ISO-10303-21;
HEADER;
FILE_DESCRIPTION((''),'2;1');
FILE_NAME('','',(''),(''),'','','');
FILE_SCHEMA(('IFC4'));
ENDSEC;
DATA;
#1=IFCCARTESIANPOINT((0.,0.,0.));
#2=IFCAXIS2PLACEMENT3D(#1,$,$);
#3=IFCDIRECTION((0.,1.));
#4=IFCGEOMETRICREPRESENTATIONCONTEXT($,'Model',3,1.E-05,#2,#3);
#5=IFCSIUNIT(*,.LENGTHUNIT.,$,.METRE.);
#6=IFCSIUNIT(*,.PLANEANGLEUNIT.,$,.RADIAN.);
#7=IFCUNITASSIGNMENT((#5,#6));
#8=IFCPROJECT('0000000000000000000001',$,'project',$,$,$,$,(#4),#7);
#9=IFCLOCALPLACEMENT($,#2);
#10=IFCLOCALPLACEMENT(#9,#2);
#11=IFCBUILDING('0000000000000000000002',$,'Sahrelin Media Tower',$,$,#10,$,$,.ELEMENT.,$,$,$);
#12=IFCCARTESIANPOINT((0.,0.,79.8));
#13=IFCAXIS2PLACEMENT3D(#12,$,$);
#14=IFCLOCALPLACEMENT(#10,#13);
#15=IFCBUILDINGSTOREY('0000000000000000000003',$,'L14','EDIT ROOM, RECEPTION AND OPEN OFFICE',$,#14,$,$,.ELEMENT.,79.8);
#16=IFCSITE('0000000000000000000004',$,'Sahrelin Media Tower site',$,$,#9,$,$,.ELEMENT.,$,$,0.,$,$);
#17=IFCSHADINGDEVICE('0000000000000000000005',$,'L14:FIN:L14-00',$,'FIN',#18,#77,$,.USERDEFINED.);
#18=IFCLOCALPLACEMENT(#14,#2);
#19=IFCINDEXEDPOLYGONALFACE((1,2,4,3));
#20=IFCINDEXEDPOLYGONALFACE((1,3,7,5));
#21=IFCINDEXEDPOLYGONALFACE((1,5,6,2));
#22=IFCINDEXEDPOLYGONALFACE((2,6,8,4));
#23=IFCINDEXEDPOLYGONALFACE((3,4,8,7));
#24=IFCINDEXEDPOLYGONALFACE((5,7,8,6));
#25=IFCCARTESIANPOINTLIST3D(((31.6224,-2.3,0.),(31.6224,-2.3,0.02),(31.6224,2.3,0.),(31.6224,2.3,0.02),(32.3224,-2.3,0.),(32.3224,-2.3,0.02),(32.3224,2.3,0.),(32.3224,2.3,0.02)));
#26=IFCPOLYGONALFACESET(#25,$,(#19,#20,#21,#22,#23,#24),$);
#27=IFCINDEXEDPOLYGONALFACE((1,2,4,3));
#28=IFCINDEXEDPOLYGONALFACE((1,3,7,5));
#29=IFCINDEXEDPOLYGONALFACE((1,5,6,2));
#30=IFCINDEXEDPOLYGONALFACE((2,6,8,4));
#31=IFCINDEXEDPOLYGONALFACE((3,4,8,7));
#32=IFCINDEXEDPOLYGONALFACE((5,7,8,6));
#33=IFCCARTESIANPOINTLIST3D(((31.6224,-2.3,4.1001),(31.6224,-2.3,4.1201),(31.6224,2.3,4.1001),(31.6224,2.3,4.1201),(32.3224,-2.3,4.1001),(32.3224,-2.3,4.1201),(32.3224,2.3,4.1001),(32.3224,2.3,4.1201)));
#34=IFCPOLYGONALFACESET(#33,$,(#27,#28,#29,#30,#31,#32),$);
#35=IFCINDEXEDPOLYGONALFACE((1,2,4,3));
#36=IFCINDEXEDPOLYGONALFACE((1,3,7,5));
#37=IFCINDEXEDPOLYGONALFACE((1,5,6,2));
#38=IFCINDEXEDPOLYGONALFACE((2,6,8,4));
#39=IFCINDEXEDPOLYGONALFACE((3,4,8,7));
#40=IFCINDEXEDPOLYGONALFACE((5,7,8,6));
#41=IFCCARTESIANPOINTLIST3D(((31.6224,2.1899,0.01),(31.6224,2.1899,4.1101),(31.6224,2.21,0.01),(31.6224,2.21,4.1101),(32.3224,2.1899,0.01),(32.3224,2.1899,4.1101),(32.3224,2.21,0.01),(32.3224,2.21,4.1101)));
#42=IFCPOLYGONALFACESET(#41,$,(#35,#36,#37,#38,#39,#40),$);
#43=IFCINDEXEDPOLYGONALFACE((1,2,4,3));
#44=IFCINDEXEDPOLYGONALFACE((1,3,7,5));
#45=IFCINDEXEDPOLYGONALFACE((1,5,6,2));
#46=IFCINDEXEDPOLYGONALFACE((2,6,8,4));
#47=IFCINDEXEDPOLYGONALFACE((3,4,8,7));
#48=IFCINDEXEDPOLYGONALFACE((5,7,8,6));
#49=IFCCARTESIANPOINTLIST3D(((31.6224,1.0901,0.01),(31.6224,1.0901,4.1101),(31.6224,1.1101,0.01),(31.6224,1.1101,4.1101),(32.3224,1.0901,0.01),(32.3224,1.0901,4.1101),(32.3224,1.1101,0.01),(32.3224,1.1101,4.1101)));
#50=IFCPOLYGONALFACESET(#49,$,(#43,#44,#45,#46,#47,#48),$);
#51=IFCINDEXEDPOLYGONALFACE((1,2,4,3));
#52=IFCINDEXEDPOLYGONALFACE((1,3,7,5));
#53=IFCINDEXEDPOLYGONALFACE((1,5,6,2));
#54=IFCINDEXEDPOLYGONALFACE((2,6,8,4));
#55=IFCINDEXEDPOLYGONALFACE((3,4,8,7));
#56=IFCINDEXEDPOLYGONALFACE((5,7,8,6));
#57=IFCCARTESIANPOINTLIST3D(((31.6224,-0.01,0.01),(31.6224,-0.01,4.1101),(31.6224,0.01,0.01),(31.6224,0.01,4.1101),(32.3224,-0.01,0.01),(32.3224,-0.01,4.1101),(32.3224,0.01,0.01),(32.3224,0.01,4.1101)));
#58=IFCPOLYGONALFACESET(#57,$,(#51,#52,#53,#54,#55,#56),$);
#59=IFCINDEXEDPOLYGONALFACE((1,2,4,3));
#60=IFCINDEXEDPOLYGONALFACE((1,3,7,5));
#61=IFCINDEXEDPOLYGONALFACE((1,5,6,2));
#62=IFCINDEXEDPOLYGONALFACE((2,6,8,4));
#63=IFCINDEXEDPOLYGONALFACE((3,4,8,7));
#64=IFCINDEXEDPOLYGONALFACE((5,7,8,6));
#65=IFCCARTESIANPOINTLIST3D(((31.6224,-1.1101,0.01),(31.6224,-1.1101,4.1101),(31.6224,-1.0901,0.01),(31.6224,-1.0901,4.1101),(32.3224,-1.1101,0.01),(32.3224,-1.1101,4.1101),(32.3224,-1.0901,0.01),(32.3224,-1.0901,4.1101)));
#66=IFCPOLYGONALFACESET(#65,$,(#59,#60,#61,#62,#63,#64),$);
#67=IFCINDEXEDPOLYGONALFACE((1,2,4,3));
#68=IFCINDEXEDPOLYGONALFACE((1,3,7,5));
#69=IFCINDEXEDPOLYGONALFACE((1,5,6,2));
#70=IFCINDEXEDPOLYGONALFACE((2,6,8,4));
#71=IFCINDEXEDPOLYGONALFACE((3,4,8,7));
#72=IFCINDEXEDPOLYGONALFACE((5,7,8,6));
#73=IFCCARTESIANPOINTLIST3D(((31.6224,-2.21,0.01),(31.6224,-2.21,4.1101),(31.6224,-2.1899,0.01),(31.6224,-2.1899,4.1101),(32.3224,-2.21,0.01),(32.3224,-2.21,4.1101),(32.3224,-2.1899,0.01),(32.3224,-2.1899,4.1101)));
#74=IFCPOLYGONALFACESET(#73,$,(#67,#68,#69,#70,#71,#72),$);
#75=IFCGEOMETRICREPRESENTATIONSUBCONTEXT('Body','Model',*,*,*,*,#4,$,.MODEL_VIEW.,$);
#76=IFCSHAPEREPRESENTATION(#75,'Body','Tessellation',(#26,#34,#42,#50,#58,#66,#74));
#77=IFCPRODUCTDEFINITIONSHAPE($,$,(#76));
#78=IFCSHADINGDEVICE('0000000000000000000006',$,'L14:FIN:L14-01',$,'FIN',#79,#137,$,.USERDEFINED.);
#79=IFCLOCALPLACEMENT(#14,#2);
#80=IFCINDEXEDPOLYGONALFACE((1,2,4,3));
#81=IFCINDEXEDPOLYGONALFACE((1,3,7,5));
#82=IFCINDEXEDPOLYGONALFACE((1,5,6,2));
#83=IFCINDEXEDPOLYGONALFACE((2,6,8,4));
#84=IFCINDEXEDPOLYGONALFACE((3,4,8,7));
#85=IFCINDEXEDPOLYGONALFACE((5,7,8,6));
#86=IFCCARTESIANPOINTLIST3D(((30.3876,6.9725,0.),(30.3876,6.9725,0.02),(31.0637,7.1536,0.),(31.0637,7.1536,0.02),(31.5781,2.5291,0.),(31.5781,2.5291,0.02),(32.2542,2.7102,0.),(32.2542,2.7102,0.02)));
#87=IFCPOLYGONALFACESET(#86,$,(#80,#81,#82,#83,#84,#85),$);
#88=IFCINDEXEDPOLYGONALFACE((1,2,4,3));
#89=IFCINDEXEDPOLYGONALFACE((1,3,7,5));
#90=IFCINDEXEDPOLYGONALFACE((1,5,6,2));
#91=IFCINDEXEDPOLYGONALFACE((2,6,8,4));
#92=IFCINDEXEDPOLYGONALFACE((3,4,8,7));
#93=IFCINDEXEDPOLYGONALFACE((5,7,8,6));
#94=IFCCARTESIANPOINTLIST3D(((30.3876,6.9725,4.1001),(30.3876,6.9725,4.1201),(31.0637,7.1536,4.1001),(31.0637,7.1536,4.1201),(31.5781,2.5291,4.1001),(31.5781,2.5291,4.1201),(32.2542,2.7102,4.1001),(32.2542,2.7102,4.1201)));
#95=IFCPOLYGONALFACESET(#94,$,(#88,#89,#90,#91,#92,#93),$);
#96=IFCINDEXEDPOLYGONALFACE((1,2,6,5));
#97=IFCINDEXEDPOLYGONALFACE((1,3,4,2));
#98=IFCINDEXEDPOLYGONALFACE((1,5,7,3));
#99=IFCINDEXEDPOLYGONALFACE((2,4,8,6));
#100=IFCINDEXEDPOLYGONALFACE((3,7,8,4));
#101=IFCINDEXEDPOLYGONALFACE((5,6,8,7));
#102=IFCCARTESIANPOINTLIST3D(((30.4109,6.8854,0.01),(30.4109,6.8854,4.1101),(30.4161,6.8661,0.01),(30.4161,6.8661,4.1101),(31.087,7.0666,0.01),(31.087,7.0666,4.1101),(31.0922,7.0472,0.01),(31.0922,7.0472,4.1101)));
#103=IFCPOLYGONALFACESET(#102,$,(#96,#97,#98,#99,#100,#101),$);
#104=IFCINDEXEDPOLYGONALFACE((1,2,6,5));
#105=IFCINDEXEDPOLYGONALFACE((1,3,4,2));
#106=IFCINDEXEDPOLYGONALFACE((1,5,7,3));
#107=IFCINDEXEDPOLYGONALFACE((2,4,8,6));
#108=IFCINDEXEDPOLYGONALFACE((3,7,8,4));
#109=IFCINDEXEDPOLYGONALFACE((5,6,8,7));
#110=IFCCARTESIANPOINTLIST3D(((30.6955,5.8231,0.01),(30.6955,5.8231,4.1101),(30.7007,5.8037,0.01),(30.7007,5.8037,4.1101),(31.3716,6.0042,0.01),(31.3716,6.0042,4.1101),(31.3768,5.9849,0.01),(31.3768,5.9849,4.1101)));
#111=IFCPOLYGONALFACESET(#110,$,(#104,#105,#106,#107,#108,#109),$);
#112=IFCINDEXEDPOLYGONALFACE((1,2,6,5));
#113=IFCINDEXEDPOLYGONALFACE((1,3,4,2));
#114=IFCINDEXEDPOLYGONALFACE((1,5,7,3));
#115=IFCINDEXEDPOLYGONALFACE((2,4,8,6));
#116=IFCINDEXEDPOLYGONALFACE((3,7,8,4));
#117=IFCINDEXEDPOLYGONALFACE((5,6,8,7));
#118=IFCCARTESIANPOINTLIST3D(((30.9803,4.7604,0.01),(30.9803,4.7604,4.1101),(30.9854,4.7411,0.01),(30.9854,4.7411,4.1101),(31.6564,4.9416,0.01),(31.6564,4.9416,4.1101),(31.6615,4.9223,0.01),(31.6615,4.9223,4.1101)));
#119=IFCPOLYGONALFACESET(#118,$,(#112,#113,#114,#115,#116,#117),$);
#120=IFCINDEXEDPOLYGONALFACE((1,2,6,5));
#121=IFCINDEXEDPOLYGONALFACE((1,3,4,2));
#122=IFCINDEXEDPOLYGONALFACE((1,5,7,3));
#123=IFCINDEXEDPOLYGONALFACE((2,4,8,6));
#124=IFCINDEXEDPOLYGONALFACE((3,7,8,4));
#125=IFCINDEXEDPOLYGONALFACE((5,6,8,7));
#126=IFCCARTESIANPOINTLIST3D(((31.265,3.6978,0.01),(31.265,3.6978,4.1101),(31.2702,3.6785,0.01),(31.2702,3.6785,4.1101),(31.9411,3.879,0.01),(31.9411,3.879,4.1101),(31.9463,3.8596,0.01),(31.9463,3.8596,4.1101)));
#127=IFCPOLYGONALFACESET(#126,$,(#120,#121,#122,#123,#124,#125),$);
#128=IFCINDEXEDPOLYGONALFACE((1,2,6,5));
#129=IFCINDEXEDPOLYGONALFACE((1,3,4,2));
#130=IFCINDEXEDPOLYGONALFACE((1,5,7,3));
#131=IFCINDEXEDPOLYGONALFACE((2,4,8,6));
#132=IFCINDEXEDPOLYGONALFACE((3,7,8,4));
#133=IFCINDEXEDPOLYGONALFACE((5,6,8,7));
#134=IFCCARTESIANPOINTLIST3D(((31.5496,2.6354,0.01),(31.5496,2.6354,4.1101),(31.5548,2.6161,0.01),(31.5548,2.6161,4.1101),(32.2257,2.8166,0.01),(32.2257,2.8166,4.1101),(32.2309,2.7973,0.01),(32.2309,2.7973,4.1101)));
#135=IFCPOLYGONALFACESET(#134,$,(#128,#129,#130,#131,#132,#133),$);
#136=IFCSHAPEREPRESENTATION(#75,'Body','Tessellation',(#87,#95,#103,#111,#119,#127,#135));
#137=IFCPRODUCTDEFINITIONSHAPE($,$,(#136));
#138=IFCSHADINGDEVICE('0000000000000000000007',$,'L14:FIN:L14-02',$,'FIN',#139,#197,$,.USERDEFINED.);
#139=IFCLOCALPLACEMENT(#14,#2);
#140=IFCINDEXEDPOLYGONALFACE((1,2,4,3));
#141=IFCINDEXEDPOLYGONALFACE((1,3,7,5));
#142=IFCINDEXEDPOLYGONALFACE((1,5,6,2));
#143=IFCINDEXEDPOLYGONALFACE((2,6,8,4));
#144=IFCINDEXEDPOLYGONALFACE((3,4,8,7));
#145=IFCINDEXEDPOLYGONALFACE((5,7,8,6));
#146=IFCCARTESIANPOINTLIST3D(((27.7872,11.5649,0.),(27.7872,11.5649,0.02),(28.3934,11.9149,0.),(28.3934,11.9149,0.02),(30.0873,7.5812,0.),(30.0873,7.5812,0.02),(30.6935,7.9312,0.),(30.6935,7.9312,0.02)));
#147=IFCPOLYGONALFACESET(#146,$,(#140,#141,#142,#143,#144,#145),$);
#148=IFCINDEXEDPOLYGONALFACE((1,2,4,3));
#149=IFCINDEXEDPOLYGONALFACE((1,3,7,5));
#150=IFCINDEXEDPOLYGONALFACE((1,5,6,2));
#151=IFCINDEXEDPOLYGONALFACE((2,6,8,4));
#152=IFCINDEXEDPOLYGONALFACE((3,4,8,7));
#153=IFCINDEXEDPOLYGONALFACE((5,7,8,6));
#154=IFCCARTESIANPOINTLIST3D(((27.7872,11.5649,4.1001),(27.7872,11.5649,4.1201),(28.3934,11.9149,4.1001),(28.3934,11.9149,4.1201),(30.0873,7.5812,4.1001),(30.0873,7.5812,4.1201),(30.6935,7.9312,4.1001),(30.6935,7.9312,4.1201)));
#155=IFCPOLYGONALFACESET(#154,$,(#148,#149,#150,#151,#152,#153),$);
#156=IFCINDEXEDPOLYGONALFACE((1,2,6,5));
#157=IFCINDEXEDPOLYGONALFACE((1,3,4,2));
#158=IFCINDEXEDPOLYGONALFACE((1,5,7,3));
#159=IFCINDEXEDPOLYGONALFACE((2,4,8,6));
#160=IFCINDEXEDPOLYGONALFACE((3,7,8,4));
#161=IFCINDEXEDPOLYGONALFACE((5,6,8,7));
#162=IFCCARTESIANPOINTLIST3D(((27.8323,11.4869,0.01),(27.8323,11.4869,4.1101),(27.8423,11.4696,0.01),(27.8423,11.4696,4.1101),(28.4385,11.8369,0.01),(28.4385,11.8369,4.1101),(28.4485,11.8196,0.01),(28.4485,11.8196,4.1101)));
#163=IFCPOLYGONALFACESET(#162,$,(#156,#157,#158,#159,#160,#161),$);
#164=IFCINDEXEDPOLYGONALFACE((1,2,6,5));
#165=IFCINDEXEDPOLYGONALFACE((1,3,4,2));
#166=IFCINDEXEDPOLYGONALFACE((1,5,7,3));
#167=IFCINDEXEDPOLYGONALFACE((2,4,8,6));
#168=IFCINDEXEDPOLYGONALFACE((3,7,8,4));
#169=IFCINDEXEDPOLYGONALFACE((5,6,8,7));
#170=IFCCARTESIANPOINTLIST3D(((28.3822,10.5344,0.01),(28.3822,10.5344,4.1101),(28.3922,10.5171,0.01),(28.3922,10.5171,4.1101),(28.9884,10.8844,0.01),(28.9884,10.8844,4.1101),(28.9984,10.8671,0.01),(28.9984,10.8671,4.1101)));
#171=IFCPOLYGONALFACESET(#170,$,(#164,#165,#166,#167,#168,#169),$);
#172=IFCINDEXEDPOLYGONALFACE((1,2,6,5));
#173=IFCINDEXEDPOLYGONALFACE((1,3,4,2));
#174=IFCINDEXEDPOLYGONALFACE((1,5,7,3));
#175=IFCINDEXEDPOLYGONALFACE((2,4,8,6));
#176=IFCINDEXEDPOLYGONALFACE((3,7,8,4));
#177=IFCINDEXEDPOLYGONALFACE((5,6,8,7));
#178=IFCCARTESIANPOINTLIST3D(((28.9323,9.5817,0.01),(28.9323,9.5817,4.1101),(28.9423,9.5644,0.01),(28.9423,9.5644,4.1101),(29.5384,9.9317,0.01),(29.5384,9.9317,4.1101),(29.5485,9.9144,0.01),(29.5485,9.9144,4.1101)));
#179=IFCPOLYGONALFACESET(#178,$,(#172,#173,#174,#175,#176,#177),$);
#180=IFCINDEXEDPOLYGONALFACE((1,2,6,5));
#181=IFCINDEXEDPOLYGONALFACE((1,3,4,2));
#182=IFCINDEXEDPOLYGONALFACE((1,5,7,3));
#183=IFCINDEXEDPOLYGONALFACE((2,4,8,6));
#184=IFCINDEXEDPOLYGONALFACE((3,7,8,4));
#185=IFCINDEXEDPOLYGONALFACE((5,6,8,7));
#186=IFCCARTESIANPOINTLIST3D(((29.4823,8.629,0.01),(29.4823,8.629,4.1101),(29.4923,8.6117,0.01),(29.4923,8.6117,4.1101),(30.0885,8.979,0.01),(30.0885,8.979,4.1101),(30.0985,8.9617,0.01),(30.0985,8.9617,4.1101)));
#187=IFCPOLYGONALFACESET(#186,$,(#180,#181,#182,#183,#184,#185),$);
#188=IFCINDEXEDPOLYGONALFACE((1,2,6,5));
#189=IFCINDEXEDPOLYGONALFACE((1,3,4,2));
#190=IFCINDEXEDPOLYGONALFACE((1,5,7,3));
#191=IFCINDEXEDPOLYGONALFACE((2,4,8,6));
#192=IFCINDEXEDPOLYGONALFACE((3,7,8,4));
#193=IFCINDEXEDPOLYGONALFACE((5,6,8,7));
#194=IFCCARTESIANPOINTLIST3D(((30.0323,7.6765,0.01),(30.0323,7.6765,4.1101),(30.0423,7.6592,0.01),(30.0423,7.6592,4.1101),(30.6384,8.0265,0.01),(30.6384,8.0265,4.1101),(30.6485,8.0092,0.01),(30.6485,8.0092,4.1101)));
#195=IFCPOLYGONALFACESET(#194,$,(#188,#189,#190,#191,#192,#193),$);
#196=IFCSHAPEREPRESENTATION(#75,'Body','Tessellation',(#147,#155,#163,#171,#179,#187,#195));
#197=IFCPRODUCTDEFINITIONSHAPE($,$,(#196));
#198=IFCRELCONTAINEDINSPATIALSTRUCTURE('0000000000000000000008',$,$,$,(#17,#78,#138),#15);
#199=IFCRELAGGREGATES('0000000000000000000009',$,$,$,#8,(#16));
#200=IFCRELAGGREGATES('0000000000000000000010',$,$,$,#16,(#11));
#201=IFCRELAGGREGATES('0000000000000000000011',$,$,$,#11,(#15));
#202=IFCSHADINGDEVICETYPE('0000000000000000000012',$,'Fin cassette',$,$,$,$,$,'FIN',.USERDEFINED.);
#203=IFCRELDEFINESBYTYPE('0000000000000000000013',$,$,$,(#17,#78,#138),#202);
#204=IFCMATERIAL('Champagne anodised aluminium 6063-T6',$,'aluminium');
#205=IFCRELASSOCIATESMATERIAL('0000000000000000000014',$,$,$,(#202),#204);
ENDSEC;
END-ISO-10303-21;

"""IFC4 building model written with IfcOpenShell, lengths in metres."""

from ifc_helpers import new_model, si_unit, direction, frame, origin, origin_2d, place, context, subcontext, project, spatial, rectangle, extrude, material, type_object, element, save


model = new_model("IFC4")

# Units and contexts
model_context = context("Model", 3, precision=1e-05, world=origin(), true_north=direction((0.0, 1.0)))
body_context = subcontext(model_context, "Body", "Model", "MODEL_VIEW")
ifc_project = project(units=[si_unit("LENGTHUNIT", "METRE"), si_unit("PLANEANGLEUNIT", "RADIAN")], contexts=[model_context])

# Site, building, storey
site_placement = place(None, origin())
site = spatial("IfcSite", under=ifc_project, at=site_placement, Name="Sahrelin Media Tower site", CompositionType="ELEMENT", RefElevation=0.0)
building_placement = place(site_placement, origin())
building = spatial("IfcBuilding", under=site, at=building_placement, Name="Sahrelin Media Tower", CompositionType="ELEMENT")
storey_placement = place(building_placement, frame((0.0, 0.0, 79.8)))
storey = spatial("IfcBuildingStorey", under=building, at=storey_placement, Name="L14", Description="EDIT ROOM, RECEPTION AND OPEN OFFICE", CompositionType="ELEMENT", Elevation=79.8)

# Shared definitions
ifc_material_1 = material(Name="Champagne anodised aluminium 6063-T6", Category="aluminium")

# Shading devices
shading_device_type_1 = type_object("IfcShadingDeviceType", Name="Fin cassette", ElementType="FIN", PredefinedType="USERDEFINED", material=ifc_material_1)
placement_1 = place(storey_placement, frame((31.5525, 0.0, 0.0), z_axis=(0.0, 0.0, 1.0), x_axis=(0.0, -1.0, 0.0)))
element("IfcShadingDevice", 1, at=placement_1, inside=storey, type_object=shading_device_type_1, Name="L14:FIN:L14-00", ObjectType="FIN", PredefinedType="USERDEFINED", context=body_context, shape_type="SweptSolid", body=[
    extrude(rectangle(XDim=4.6001, YDim=0.7, at=origin_2d()), frame((0.0, 0.4199, 0.0)), (0.0, 0.0, 1.0), 0.02),
    extrude(rectangle(XDim=4.6001, YDim=0.7, at=origin_2d()), frame((0.0, 0.4199, 4.1001)), (0.0, 0.0, 1.0), 0.02),
    extrude(rectangle(XDim=0.02, YDim=0.7, at=origin_2d()), frame((-2.2, 0.4199, 0.01), z_axis=(0.0, 0.0, 1.0), x_axis=(1.0, 0.0, 0.0)), (0.0, 0.0, 1.0), 4.1001),
    extrude(rectangle(XDim=0.02, YDim=0.7, at=origin_2d()), frame((-1.1001, 0.4199, 0.01), z_axis=(0.0, 0.0, 1.0), x_axis=(1.0, 0.0, 0.0)), (0.0, 0.0, 1.0), 4.1001),
    extrude(rectangle(XDim=0.02, YDim=0.7, at=origin_2d()), frame((0.0, 0.4199, 0.01), z_axis=(0.0, 0.0, 1.0), x_axis=(1.0, 0.0, 0.0)), (0.0, 0.0, 1.0), 4.1001),
    extrude(rectangle(XDim=0.02, YDim=0.7, at=origin_2d()), frame((1.1001, 0.4199, 0.01), z_axis=(0.0, 0.0, 1.0), x_axis=(1.0, 0.0, 0.0)), (0.0, 0.0, 1.0), 4.1001),
    extrude(rectangle(XDim=0.02, YDim=0.7, at=origin_2d()), frame((2.2, 0.4199, 0.01), z_axis=(0.0, 0.0, 1.0), x_axis=(1.0, 0.0, 0.0)), (0.0, 0.0, 1.0), 4.1001),
])
placement_2 = place(storey_placement, frame((30.9153, 4.7327, 0.0), z_axis=(0.0, 0.0, 1.0), x_axis=(0.258808, -0.965929, 0.0)))
element("IfcShadingDevice", 2, at=placement_2, inside=storey, type_object=shading_device_type_1, Name="L14:FIN:L14-01", ObjectType="FIN", PredefinedType="USERDEFINED", context=body_context, shape_type="SweptSolid", body=[
    extrude(rectangle(XDim=4.6001, YDim=0.7, at=origin_2d()), frame((0.0, 0.4199, 0.0)), (0.0, 0.0, 1.0), 0.02),
    extrude(rectangle(XDim=4.6001, YDim=0.7, at=origin_2d()), frame((0.0, 0.4199, 4.1001)), (0.0, 0.0, 1.0), 0.02),
    extrude(rectangle(XDim=0.02, YDim=0.7, at=origin_2d()), frame((-2.2, 0.4199, 0.01), z_axis=(0.0, 0.0, 1.0), x_axis=(1.0, 0.0, 0.0)), (0.0, 0.0, 1.0), 4.1001),
    extrude(rectangle(XDim=0.02, YDim=0.7, at=origin_2d()), frame((-1.1001, 0.4199, 0.01), z_axis=(0.0, 0.0, 1.0), x_axis=(1.0, 0.0, 0.0)), (0.0, 0.0, 1.0), 4.1001),
    extrude(rectangle(XDim=0.02, YDim=0.7, at=origin_2d()), frame((0.0, 0.4199, 0.01), z_axis=(0.0, 0.0, 1.0), x_axis=(1.0, 0.0, 0.0)), (0.0, 0.0, 1.0), 4.1001),
    extrude(rectangle(XDim=0.02, YDim=0.7, at=origin_2d()), frame((1.1001, 0.4199, 0.01), z_axis=(0.0, 0.0, 1.0), x_axis=(1.0, 0.0, 0.0)), (0.0, 0.0, 1.0), 4.1001),
    extrude(rectangle(XDim=0.02, YDim=0.7, at=origin_2d()), frame((2.2, 0.4199, 0.01), z_axis=(0.0, 0.0, 1.0), x_axis=(1.0, 0.0, 0.0)), (0.0, 0.0, 1.0), 4.1001),
])
placement_3 = place(storey_placement, frame((28.8767, 9.5381, 0.0), z_axis=(0.0, 0.0, 1.0), x_axis=(0.500011, -0.866019, 0.0)))
element("IfcShadingDevice", 3, at=placement_3, inside=storey, type_object=shading_device_type_1, Name="L14:FIN:L14-02", ObjectType="FIN", PredefinedType="USERDEFINED", context=body_context, shape_type="SweptSolid", body=[
    extrude(rectangle(XDim=4.6001, YDim=0.7, at=origin_2d()), frame((0.0, 0.4199, 0.0)), (0.0, 0.0, 1.0), 0.02),
    extrude(rectangle(XDim=4.6001, YDim=0.7, at=origin_2d()), frame((0.0, 0.4199, 4.1001)), (0.0, 0.0, 1.0), 0.02),
    extrude(rectangle(XDim=0.02, YDim=0.7, at=origin_2d()), frame((-2.2, 0.4199, 0.01), z_axis=(0.0, 0.0, 1.0), x_axis=(1.0, 0.0, 0.0)), (0.0, 0.0, 1.0), 4.1001),
    extrude(rectangle(XDim=0.02, YDim=0.7, at=origin_2d()), frame((-1.1001, 0.4199, 0.01), z_axis=(0.0, 0.0, 1.0), x_axis=(1.0, 0.0, 0.0)), (0.0, 0.0, 1.0), 4.1001),
    extrude(rectangle(XDim=0.02, YDim=0.7, at=origin_2d()), frame((0.0, 0.4199, 0.01), z_axis=(0.0, 0.0, 1.0), x_axis=(1.0, 0.0, 0.0)), (0.0, 0.0, 1.0), 4.1001),
    extrude(rectangle(XDim=0.02, YDim=0.7, at=origin_2d()), frame((1.1001, 0.4199, 0.01), z_axis=(0.0, 0.0, 1.0), x_axis=(1.0, 0.0, 0.0)), (0.0, 0.0, 1.0), 4.1001),
    extrude(rectangle(XDim=0.02, YDim=0.7, at=origin_2d()), frame((2.2, 0.4199, 0.01), z_axis=(0.0, 0.0, 1.0), x_axis=(1.0, 0.0, 0.0)), (0.0, 0.0, 1.0), 4.1001),
])

save(model, "model.ifc")
